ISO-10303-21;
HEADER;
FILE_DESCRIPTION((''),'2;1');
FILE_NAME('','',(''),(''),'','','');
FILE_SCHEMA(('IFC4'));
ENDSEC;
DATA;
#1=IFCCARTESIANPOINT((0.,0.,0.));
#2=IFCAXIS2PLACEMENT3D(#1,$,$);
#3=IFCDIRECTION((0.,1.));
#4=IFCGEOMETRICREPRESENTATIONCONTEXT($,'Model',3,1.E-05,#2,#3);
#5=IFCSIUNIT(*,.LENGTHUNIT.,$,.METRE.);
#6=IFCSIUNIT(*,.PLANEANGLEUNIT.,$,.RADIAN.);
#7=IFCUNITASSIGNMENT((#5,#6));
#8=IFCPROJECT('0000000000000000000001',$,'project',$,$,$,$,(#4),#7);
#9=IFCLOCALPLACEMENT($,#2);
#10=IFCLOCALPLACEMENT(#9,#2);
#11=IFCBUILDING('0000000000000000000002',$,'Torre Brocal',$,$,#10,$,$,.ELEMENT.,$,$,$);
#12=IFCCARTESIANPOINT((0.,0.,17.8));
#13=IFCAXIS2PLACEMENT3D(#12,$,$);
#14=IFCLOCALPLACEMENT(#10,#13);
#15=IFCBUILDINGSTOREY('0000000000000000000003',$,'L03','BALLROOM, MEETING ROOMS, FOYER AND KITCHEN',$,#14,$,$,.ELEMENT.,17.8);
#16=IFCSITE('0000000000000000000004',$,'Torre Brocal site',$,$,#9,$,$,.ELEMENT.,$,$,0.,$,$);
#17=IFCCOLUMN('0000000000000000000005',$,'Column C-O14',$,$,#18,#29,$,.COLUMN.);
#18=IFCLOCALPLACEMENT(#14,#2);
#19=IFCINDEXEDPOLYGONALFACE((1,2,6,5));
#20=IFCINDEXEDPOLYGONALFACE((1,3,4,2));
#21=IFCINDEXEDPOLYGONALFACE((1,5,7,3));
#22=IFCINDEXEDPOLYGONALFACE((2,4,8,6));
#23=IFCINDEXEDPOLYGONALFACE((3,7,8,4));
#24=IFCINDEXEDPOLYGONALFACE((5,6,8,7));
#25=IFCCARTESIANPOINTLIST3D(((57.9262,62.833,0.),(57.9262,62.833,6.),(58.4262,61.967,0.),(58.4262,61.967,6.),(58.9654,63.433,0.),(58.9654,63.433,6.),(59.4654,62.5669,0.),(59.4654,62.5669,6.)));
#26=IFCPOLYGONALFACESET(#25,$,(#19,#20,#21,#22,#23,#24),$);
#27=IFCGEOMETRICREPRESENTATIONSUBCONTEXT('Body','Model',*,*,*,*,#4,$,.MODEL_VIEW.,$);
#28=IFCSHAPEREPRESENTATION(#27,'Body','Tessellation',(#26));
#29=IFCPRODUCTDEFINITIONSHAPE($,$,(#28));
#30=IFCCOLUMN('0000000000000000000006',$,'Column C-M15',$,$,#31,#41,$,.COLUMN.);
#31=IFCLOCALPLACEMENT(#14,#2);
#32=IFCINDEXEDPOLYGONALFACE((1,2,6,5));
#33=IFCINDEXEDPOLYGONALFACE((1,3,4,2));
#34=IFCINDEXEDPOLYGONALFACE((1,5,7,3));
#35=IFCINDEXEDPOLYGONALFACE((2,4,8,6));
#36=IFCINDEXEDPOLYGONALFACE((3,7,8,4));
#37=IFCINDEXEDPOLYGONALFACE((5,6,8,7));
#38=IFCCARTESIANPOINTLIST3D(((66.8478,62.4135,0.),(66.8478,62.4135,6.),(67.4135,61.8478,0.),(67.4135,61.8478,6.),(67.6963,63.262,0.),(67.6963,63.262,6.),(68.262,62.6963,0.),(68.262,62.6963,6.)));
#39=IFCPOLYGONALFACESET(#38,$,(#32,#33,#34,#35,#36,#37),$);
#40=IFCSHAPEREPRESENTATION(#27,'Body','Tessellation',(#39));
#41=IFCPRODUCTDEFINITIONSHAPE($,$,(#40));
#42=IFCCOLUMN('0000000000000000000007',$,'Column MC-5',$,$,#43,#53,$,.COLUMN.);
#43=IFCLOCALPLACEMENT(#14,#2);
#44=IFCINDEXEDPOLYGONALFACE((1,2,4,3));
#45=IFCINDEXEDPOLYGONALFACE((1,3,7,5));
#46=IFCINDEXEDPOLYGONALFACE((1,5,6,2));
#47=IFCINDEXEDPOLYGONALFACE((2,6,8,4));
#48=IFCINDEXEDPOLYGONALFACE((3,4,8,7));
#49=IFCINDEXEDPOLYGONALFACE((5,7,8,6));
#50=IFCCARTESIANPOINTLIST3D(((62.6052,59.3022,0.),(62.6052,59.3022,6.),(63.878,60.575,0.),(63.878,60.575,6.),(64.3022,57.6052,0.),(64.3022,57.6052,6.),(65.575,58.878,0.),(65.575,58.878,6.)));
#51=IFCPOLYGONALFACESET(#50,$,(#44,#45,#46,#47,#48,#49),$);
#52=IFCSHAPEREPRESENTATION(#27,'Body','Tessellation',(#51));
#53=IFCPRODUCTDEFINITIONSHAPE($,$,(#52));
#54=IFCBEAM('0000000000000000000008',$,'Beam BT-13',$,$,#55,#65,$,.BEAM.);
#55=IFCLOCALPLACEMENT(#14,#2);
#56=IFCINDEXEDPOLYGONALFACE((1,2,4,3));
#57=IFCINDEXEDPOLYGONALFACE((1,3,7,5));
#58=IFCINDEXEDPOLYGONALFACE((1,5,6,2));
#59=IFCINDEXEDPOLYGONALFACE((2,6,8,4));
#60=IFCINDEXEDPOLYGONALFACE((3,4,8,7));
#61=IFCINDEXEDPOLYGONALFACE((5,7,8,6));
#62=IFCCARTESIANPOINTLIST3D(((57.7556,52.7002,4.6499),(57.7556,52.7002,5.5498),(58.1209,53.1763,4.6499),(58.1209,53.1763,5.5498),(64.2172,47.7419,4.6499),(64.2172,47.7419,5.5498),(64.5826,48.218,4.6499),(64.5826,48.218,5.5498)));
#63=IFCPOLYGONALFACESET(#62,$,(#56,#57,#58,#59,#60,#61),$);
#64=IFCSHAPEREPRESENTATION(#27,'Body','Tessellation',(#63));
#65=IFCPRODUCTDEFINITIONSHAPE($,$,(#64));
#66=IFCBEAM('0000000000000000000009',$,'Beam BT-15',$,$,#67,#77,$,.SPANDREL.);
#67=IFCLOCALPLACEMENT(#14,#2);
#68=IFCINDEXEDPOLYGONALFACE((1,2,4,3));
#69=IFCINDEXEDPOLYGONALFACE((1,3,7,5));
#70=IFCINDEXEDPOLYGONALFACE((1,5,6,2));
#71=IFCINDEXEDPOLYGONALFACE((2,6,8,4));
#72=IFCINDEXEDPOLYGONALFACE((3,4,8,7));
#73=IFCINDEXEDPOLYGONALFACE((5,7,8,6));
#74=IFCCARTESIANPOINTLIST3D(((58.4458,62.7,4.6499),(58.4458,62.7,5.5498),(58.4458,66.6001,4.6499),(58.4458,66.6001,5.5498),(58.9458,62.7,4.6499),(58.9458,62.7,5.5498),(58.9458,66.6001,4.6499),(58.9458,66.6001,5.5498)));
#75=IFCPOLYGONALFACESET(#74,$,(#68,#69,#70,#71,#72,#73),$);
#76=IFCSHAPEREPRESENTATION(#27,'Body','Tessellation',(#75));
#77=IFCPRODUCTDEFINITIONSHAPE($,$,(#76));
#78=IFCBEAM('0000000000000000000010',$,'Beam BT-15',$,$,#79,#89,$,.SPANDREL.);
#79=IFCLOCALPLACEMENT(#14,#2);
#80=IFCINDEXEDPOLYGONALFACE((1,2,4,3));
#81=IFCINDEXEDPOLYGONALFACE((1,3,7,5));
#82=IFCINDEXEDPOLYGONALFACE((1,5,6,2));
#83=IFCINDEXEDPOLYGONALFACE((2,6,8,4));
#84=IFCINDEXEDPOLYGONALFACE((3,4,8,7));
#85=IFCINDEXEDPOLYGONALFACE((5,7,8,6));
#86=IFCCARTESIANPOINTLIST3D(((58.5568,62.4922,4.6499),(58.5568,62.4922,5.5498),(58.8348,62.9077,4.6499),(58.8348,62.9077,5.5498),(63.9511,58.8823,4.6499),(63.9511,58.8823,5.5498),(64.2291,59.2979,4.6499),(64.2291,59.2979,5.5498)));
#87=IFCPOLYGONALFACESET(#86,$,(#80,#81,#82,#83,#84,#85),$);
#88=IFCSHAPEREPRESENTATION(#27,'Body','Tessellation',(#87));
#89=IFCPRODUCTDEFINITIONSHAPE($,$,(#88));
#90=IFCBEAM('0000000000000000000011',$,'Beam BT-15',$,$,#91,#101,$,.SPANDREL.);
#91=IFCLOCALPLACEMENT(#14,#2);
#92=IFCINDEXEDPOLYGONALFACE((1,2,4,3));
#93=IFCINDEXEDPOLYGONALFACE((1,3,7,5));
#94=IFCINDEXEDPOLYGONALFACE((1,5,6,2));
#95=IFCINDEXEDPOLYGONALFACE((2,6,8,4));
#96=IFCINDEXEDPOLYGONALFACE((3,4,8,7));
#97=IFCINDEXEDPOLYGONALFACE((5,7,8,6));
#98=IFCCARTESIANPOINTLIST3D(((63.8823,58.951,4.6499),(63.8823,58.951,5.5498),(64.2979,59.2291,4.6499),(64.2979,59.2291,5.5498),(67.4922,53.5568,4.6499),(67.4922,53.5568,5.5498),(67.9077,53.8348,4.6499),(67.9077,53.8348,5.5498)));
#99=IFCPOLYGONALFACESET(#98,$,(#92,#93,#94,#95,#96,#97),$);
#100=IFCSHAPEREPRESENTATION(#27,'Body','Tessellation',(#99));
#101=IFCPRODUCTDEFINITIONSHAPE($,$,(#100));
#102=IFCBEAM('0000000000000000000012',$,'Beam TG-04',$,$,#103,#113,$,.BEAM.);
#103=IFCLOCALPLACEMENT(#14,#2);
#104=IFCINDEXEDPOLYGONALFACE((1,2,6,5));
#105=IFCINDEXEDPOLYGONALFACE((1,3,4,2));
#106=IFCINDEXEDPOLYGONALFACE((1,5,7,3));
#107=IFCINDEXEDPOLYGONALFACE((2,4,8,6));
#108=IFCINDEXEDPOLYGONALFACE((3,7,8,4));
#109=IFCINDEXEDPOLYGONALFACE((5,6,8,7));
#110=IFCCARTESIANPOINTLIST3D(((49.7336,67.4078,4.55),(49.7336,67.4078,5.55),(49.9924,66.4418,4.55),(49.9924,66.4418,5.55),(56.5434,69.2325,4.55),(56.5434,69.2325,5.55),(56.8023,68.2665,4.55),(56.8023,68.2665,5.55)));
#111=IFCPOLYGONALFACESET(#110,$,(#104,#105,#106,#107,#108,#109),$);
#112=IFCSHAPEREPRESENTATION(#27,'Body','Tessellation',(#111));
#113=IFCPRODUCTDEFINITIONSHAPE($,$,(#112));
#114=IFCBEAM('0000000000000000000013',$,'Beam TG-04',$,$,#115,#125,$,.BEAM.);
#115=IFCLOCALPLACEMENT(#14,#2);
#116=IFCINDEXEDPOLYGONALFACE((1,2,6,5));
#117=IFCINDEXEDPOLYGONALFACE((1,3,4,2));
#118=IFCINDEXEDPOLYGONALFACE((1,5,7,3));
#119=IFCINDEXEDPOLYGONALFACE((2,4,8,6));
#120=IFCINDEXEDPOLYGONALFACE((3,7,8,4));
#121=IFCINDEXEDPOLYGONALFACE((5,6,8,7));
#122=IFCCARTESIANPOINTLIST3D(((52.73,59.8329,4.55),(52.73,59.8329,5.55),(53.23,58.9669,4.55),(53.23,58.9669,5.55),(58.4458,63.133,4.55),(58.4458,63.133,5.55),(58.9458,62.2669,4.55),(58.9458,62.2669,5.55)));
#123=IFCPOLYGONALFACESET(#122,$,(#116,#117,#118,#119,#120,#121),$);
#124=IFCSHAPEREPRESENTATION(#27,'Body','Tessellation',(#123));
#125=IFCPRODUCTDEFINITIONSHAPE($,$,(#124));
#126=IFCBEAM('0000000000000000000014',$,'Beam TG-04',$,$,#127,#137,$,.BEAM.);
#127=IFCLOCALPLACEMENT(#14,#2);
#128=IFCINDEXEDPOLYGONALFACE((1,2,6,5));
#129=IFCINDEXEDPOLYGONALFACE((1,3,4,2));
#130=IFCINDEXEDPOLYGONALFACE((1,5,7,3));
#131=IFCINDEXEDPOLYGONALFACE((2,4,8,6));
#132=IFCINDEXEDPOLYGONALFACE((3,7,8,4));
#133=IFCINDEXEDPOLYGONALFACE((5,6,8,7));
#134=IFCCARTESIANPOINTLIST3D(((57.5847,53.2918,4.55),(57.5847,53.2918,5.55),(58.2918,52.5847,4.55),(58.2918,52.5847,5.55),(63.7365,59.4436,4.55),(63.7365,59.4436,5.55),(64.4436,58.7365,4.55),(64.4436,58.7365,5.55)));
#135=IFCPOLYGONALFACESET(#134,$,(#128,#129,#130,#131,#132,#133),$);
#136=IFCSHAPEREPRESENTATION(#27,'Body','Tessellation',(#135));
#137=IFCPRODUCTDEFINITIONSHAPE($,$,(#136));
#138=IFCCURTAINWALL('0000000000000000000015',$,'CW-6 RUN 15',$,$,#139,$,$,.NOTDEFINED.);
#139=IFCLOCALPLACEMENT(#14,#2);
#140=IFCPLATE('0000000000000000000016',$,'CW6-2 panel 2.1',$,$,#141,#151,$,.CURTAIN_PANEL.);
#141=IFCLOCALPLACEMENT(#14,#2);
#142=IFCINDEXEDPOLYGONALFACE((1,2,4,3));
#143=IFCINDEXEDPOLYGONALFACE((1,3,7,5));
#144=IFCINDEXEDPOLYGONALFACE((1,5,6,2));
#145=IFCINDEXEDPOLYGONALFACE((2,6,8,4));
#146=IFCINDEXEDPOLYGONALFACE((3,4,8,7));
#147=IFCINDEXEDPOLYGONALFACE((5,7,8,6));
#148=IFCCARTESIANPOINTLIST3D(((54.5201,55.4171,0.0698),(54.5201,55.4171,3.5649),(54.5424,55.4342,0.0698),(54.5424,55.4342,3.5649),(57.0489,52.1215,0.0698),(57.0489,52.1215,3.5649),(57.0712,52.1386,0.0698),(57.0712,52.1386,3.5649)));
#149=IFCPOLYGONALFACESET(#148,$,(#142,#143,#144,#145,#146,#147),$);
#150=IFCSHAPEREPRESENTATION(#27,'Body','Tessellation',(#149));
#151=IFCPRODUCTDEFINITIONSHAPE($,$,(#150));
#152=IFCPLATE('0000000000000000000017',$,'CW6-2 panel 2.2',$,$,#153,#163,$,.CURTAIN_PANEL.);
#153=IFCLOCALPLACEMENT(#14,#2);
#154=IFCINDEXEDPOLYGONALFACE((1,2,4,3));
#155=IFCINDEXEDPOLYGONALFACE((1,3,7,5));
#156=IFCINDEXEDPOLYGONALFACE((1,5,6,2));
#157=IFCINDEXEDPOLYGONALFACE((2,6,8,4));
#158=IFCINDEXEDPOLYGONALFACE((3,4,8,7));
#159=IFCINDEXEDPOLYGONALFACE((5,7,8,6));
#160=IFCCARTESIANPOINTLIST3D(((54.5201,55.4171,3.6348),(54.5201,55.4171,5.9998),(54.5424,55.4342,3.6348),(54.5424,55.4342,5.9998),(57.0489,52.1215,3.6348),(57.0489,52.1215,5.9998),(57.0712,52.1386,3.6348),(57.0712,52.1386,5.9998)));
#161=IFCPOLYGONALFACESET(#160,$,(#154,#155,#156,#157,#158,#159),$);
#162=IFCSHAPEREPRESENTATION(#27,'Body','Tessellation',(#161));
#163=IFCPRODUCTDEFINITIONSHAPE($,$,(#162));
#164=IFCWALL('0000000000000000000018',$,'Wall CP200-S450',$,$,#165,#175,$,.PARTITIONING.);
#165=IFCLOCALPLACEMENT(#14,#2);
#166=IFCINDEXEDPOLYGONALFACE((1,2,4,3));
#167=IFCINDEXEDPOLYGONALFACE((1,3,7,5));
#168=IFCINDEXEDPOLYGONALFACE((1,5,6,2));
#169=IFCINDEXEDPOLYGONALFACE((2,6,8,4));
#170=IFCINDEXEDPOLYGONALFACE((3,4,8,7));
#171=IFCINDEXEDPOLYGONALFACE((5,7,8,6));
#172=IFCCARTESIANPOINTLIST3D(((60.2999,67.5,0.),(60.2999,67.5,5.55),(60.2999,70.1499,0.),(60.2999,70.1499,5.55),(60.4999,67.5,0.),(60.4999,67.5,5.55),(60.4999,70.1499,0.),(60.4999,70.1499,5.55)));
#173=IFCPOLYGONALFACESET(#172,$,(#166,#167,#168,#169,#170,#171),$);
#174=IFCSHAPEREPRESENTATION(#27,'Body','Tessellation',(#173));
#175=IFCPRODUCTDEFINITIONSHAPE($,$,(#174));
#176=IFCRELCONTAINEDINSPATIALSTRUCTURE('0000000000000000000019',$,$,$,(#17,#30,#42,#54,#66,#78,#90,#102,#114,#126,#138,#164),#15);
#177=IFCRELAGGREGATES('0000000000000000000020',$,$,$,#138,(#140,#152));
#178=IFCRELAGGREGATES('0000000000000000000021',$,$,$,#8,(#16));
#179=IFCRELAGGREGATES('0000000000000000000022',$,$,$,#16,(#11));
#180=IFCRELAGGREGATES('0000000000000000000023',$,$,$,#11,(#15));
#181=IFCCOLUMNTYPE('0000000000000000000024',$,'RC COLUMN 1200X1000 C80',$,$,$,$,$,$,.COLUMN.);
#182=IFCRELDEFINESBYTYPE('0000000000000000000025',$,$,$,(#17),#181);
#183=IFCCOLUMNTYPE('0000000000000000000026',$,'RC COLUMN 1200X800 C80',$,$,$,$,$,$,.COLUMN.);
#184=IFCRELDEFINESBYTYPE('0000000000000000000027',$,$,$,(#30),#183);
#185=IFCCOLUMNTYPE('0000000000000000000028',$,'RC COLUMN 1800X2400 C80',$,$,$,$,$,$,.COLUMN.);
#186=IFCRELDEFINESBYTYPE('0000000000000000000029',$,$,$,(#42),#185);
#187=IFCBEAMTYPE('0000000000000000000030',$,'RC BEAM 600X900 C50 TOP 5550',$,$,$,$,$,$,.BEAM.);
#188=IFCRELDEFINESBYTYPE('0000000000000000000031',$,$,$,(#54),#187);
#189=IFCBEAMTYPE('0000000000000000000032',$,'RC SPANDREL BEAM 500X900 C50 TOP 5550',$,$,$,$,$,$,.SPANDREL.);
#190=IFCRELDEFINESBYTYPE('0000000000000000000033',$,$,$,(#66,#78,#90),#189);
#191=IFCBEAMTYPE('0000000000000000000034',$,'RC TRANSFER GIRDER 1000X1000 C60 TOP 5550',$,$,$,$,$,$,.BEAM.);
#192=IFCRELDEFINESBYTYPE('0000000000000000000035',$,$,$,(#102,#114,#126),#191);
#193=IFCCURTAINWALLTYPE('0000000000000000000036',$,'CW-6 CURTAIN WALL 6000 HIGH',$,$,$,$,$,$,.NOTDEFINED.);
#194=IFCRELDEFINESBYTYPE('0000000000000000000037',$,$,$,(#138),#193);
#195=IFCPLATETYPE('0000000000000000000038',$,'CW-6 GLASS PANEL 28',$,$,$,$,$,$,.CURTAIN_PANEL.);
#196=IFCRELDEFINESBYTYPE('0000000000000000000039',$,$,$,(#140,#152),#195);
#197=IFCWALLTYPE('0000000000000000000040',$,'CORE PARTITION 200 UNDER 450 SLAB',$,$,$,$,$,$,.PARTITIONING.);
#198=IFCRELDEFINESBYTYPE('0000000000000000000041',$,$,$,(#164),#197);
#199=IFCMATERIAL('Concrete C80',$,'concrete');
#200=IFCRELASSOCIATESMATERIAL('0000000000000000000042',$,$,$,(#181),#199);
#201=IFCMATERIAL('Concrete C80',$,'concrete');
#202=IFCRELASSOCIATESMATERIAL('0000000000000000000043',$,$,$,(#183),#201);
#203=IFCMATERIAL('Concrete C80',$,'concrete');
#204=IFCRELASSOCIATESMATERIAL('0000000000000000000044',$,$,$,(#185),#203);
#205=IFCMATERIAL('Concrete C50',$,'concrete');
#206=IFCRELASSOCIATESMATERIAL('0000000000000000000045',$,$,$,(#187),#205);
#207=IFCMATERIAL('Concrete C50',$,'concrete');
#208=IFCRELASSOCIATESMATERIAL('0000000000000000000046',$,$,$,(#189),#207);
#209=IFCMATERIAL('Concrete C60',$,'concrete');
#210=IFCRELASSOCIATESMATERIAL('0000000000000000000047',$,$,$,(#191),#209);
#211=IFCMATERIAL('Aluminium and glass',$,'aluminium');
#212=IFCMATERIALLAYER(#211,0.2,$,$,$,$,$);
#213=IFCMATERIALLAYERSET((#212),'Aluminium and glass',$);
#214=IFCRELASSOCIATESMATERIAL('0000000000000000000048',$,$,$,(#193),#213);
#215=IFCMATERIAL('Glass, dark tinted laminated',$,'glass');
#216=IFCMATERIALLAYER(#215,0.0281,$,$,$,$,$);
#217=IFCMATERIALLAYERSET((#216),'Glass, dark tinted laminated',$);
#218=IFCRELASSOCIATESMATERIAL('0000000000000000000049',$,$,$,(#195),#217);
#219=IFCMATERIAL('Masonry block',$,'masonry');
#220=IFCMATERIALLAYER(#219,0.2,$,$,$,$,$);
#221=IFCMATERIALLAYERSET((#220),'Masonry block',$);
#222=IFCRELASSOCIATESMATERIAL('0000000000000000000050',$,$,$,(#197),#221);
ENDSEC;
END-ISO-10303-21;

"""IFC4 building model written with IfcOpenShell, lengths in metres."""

from ifc_helpers import new_model, si_unit, direction, frame, frame_2d, origin, origin_2d, place, context, subcontext, project, spatial, rectangle, extrude, material, layer, layer_set, material_profile, profile_set, type_object, element, aggregate, save


model = new_model("IFC4")

# Units and contexts
model_context = context("Model", 3, precision=1e-05, world=origin(), true_north=direction((0.0, 1.0)))
body_context = subcontext(model_context, "Body", "Model", "MODEL_VIEW")
ifc_project = project(units=[si_unit("LENGTHUNIT", "METRE"), si_unit("PLANEANGLEUNIT", "RADIAN")], contexts=[model_context])

# Site, building, storey
site_placement = place(None, origin())
site = spatial("IfcSite", under=ifc_project, at=site_placement, Name="Torre Brocal site", CompositionType="ELEMENT", RefElevation=0.0)
building_placement = place(site_placement, origin())
building = spatial("IfcBuilding", under=site, at=building_placement, Name="Torre Brocal", CompositionType="ELEMENT")
storey_placement = place(building_placement, frame((0.0, 0.0, 17.8)))
storey = spatial("IfcBuildingStorey", under=building, at=storey_placement, Name="L03", Description="BALLROOM, MEETING ROOMS, FOYER AND KITCHEN", CompositionType="ELEMENT", Elevation=17.8)

# Columns
ifc_material_1 = material(Name="Concrete C80", Category="concrete")
ifc_material_profile_1 = material_profile(ifc_material_1, rectangle(XDim=1.2, YDim=1.0, at=origin_2d()), Name="RC 1200X1000")
ifc_profile_set_1 = profile_set([ifc_material_profile_1], Name="Concrete C80")
column_type_1 = type_object("IfcColumnType", Name="RC COLUMN 1200X1000 C80", PredefinedType="COLUMN", material=ifc_profile_set_1)
column_1_placement = place(storey_placement, frame((58.6958, 62.7, 0.0), z_axis=(0.0, 0.0, 1.0), x_axis=(-0.866025, -0.5, 0.0)))
element("IfcColumn", 1, at=column_1_placement, inside=storey, type_object=column_type_1, Name="Column C-O14", PredefinedType="COLUMN", context=body_context, shape_type="SweptSolid", body=[
    extrude(rectangle(XDim=1.2, YDim=1.0, at=origin_2d()), origin(), (0.0, 0.0, 1.0), 6.0),
])
ifc_material_2 = material(Name="Concrete C80", Category="concrete")
ifc_material_profile_2 = material_profile(ifc_material_2, rectangle(XDim=1.2, YDim=0.8, at=origin_2d()), Name="RC 1200X800")
ifc_profile_set_2 = profile_set([ifc_material_profile_2], Name="Concrete C80")
column_type_2 = type_object("IfcColumnType", Name="RC COLUMN 1200X800 C80", PredefinedType="COLUMN", material=ifc_profile_set_2)
column_2_placement = place(storey_placement, frame((67.5549, 62.5549, 0.0), z_axis=(0.0, 0.0, 1.0), x_axis=(-0.707107, -0.707107, 0.0)))
element("IfcColumn", 2, at=column_2_placement, inside=storey, type_object=column_type_2, Name="Column C-M15", PredefinedType="COLUMN", context=body_context, shape_type="SweptSolid", body=[
    extrude(rectangle(XDim=1.2, YDim=0.8, at=origin_2d()), origin(), (0.0, 0.0, 1.0), 6.0),
])
ifc_material_3 = material(Name="Concrete C80", Category="concrete")
ifc_material_profile_3 = material_profile(ifc_material_3, rectangle(XDim=1.8, YDim=2.3999, at=origin_2d()), Name="RC 1800X2400")
ifc_profile_set_3 = profile_set([ifc_material_profile_3], Name="Concrete C80")
column_type_3 = type_object("IfcColumnType", Name="RC COLUMN 1800X2400 C80", PredefinedType="COLUMN", material=ifc_profile_set_3)
column_3_placement = place(storey_placement, frame((64.0901, 59.0901, 0.0), z_axis=(0.0, 0.0, 1.0), x_axis=(-0.707107, -0.707107, 0.0)))
element("IfcColumn", 3, at=column_3_placement, inside=storey, type_object=column_type_3, Name="Column MC-5", PredefinedType="COLUMN", context=body_context, shape_type="SweptSolid", body=[
    extrude(rectangle(XDim=1.8, YDim=2.3999, at=origin_2d()), origin(), (0.0, 0.0, 1.0), 6.0),
])

# Beams
ifc_material_4 = material(Name="Concrete C50", Category="concrete")
ifc_material_profile_4 = material_profile(ifc_material_4, rectangle(XDim=0.6001, YDim=0.8999, at=origin_2d()), Name="RC 600X900")
ifc_profile_set_4 = profile_set([ifc_material_profile_4], Name="Concrete C50")
beam_type_1 = type_object("IfcBeamType", Name="RC BEAM 600X900 C50 TOP 5550", PredefinedType="BEAM", material=ifc_profile_set_4)
beam_1_placement = place(storey_placement, frame((57.9382, 52.9382, 5.0999), z_axis=(0.793351, -0.608764, 0.0), x_axis=(0.608764, 0.793351, 0.0)))
element("IfcBeam", 4, at=beam_1_placement, inside=storey, type_object=beam_type_1, Name="Beam BT-13", PredefinedType="BEAM", context=body_context, shape_type="SweptSolid", body=[
    extrude(rectangle(XDim=0.6001, YDim=0.8999, at=origin_2d()), origin(), (0.0, 0.0, 1.0), 8.1448),
])
ifc_material_5 = material(Name="Concrete C50", Category="concrete")
ifc_material_profile_5 = material_profile(ifc_material_5, rectangle(XDim=0.5, YDim=0.8999, at=origin_2d()), Name="RC 500X900")
ifc_profile_set_5 = profile_set([ifc_material_profile_5], Name="Concrete C50")
beam_type_2 = type_object("IfcBeamType", Name="RC SPANDREL BEAM 500X900 C50 TOP 5550", PredefinedType="SPANDREL", material=ifc_profile_set_5)
beam_2_placement = place(storey_placement, frame((58.6958, 62.7, 5.0999), z_axis=(0.0, 1.0, 0.0), x_axis=(-1.0, 0.0, 0.0)))
element("IfcBeam", 5, at=beam_2_placement, inside=storey, type_object=beam_type_2, Name="Beam BT-15", PredefinedType="SPANDREL", context=body_context, shape_type="SweptSolid", body=[
    extrude(rectangle(XDim=0.5, YDim=0.8999, at=origin_2d()), origin(), (0.0, 0.0, 1.0), 3.9001),
])
for number, where, z_axis, x_axis, name in (
    (6, (58.6958, 62.7, 5.0999), (0.831077, -0.556158, 0.0), (0.556158, 0.831077, 0.0), "Beam BT-15"),
    (7, (64.0901, 59.0901, 5.0999), (0.556158, -0.831077, 0.0), (0.831077, 0.556158, 0.0), "Beam BT-15"),
):
    element("IfcBeam", number, at=place(storey_placement, frame(where, z_axis=z_axis, x_axis=x_axis)), inside=storey, type_object=beam_type_2, Name=name, PredefinedType="SPANDREL", context=body_context, shape_type="SweptSolid", body=[
        extrude(rectangle(XDim=0.5, YDim=0.8999, at=origin_2d()), origin(), (0.0, 0.0, 1.0), 6.4907),
    ])
ifc_material_6 = material(Name="Concrete C60", Category="concrete")
ifc_material_profile_6 = material_profile(ifc_material_6, rectangle(XDim=1.0, YDim=1.0, at=origin_2d()), Name="RC 1000X1000")
ifc_profile_set_6 = profile_set([ifc_material_profile_6], Name="Concrete C60")
beam_type_3 = type_object("IfcBeamType", Name="RC TRANSFER GIRDER 1000X1000 C60 TOP 5550", PredefinedType="BEAM", material=ifc_profile_set_6)
beam_3_placement = place(storey_placement, frame((56.6729, 68.7495, 5.05), z_axis=(-0.965925, -0.258822, 0.0), x_axis=(0.258822, -0.965925, 0.0)))
element("IfcBeam", 8, at=beam_3_placement, inside=storey, type_object=beam_type_3, Name="Beam TG-04", PredefinedType="BEAM", context=body_context, shape_type="SweptSolid", body=[
    extrude(rectangle(XDim=1.0, YDim=1.0, at=origin_2d()), origin(), (0.0, 0.0, 1.0), 7.05),
])
beam_4_placement = place(storey_placement, frame((58.6958, 62.7, 5.05), z_axis=(-0.866024, -0.500002, 0.0), x_axis=(0.500002, -0.866024, 0.0)))
element("IfcBeam", 9, at=beam_4_placement, inside=storey, type_object=beam_type_3, Name="Beam TG-04", PredefinedType="BEAM", context=body_context, shape_type="SweptSolid", body=[
    extrude(rectangle(XDim=1.0, YDim=1.0, at=origin_2d()), origin(), (0.0, 0.0, 1.0), 6.6001),
])
beam_5_placement = place(storey_placement, frame((64.0901, 59.0901, 5.05), z_axis=(-0.707107, -0.707107, 0.0), x_axis=(0.707107, -0.707107, 0.0)))
element("IfcBeam", 10, at=beam_5_placement, inside=storey, type_object=beam_type_3, Name="Beam TG-04", PredefinedType="BEAM", context=body_context, shape_type="SweptSolid", body=[
    extrude(rectangle(XDim=1.0, YDim=1.0, at=origin_2d()), origin(), (0.0, 0.0, 1.0), 8.7),
])

# Curtain wall, plates
ifc_material_7 = material(Name="Aluminium and glass", Category="aluminium")
ifc_layer_1 = layer(ifc_material_7, 0.2)
ifc_layer_set_1 = layer_set([ifc_layer_1], Name="Aluminium and glass")
curtain_wall_type = type_object("IfcCurtainWallType", Name="CW-6 CURTAIN WALL 6000 HIGH", PredefinedType="NOTDEFINED", material=ifc_layer_set_1)
curtain_wall_placement = place(storey_placement, origin())
curtain_wall = element("IfcCurtainWall", 11, at=curtain_wall_placement, inside=storey, type_object=curtain_wall_type, Name="CW-6 RUN 15", PredefinedType="NOTDEFINED")
ifc_material_8 = material(Name="Glass, dark tinted laminated", Category="glass")
ifc_layer_2 = layer(ifc_material_8, 0.0281)
ifc_layer_set_2 = layer_set([ifc_layer_2], Name="Glass, dark tinted laminated")
plate_type = type_object("IfcPlateType", Name="CW-6 GLASS PANEL 28", PredefinedType="CURTAIN_PANEL", material=ifc_layer_set_2)
plate_1_placement = place(storey_placement, frame((55.7957, 53.7778, 0.0698), z_axis=(0.0, 0.0, 1.0), x_axis=(0.608761, -0.793353, 0.0)))
plate_1 = element("IfcPlate", 12, at=plate_1_placement, type_object=plate_type, Name="CW6-2 panel 2.1", PredefinedType="CURTAIN_PANEL", context=body_context, shape_type="SweptSolid", body=[
    extrude(rectangle(XDim=4.1541, YDim=0.0281, at=origin_2d()), origin(), (0.0, 0.0, 1.0), 3.4951),
])
plate_2_placement = place(storey_placement, frame((55.7957, 53.7778, 3.6348), z_axis=(0.0, 0.0, 1.0), x_axis=(0.608761, -0.793353, 0.0)))
plate_2 = element("IfcPlate", 13, at=plate_2_placement, type_object=plate_type, Name="CW6-2 panel 2.2", PredefinedType="CURTAIN_PANEL", context=body_context, shape_type="SweptSolid", body=[
    extrude(rectangle(XDim=4.1541, YDim=0.0281, at=origin_2d()), origin(), (0.0, 0.0, 1.0), 2.365),
])
aggregate(curtain_wall, [plate_1, plate_2])

# Wall
ifc_material_9 = material(Name="Masonry block", Category="masonry")
ifc_layer_3 = layer(ifc_material_9, 0.2)
ifc_layer_set_3 = layer_set([ifc_layer_3], Name="Masonry block")
wall_type_1 = type_object("IfcWallType", Name="CORE PARTITION 200 UNDER 450 SLAB", PredefinedType="PARTITIONING", material=ifc_layer_set_3)
for number, where, z_axis, x_axis, name in (
    (14, (60.3999, 70.1499, 0.0), (0.0, 0.0, 1.0), (0.0, -1.0, 0.0), "Wall CP200-S450"),
):
    element("IfcWall", number, at=place(storey_placement, frame(where, z_axis=z_axis, x_axis=x_axis)), inside=storey, type_object=wall_type_1, Name=name, PredefinedType="PARTITIONING", context=body_context, shape_type="SweptSolid", body=[
        extrude(rectangle(XDim=2.6499, YDim=0.2, at=frame_2d((1.325, 0.0))), origin(), (0.0, 0.0, 1.0), 5.55),
    ])

save(model, "model.ifc")
